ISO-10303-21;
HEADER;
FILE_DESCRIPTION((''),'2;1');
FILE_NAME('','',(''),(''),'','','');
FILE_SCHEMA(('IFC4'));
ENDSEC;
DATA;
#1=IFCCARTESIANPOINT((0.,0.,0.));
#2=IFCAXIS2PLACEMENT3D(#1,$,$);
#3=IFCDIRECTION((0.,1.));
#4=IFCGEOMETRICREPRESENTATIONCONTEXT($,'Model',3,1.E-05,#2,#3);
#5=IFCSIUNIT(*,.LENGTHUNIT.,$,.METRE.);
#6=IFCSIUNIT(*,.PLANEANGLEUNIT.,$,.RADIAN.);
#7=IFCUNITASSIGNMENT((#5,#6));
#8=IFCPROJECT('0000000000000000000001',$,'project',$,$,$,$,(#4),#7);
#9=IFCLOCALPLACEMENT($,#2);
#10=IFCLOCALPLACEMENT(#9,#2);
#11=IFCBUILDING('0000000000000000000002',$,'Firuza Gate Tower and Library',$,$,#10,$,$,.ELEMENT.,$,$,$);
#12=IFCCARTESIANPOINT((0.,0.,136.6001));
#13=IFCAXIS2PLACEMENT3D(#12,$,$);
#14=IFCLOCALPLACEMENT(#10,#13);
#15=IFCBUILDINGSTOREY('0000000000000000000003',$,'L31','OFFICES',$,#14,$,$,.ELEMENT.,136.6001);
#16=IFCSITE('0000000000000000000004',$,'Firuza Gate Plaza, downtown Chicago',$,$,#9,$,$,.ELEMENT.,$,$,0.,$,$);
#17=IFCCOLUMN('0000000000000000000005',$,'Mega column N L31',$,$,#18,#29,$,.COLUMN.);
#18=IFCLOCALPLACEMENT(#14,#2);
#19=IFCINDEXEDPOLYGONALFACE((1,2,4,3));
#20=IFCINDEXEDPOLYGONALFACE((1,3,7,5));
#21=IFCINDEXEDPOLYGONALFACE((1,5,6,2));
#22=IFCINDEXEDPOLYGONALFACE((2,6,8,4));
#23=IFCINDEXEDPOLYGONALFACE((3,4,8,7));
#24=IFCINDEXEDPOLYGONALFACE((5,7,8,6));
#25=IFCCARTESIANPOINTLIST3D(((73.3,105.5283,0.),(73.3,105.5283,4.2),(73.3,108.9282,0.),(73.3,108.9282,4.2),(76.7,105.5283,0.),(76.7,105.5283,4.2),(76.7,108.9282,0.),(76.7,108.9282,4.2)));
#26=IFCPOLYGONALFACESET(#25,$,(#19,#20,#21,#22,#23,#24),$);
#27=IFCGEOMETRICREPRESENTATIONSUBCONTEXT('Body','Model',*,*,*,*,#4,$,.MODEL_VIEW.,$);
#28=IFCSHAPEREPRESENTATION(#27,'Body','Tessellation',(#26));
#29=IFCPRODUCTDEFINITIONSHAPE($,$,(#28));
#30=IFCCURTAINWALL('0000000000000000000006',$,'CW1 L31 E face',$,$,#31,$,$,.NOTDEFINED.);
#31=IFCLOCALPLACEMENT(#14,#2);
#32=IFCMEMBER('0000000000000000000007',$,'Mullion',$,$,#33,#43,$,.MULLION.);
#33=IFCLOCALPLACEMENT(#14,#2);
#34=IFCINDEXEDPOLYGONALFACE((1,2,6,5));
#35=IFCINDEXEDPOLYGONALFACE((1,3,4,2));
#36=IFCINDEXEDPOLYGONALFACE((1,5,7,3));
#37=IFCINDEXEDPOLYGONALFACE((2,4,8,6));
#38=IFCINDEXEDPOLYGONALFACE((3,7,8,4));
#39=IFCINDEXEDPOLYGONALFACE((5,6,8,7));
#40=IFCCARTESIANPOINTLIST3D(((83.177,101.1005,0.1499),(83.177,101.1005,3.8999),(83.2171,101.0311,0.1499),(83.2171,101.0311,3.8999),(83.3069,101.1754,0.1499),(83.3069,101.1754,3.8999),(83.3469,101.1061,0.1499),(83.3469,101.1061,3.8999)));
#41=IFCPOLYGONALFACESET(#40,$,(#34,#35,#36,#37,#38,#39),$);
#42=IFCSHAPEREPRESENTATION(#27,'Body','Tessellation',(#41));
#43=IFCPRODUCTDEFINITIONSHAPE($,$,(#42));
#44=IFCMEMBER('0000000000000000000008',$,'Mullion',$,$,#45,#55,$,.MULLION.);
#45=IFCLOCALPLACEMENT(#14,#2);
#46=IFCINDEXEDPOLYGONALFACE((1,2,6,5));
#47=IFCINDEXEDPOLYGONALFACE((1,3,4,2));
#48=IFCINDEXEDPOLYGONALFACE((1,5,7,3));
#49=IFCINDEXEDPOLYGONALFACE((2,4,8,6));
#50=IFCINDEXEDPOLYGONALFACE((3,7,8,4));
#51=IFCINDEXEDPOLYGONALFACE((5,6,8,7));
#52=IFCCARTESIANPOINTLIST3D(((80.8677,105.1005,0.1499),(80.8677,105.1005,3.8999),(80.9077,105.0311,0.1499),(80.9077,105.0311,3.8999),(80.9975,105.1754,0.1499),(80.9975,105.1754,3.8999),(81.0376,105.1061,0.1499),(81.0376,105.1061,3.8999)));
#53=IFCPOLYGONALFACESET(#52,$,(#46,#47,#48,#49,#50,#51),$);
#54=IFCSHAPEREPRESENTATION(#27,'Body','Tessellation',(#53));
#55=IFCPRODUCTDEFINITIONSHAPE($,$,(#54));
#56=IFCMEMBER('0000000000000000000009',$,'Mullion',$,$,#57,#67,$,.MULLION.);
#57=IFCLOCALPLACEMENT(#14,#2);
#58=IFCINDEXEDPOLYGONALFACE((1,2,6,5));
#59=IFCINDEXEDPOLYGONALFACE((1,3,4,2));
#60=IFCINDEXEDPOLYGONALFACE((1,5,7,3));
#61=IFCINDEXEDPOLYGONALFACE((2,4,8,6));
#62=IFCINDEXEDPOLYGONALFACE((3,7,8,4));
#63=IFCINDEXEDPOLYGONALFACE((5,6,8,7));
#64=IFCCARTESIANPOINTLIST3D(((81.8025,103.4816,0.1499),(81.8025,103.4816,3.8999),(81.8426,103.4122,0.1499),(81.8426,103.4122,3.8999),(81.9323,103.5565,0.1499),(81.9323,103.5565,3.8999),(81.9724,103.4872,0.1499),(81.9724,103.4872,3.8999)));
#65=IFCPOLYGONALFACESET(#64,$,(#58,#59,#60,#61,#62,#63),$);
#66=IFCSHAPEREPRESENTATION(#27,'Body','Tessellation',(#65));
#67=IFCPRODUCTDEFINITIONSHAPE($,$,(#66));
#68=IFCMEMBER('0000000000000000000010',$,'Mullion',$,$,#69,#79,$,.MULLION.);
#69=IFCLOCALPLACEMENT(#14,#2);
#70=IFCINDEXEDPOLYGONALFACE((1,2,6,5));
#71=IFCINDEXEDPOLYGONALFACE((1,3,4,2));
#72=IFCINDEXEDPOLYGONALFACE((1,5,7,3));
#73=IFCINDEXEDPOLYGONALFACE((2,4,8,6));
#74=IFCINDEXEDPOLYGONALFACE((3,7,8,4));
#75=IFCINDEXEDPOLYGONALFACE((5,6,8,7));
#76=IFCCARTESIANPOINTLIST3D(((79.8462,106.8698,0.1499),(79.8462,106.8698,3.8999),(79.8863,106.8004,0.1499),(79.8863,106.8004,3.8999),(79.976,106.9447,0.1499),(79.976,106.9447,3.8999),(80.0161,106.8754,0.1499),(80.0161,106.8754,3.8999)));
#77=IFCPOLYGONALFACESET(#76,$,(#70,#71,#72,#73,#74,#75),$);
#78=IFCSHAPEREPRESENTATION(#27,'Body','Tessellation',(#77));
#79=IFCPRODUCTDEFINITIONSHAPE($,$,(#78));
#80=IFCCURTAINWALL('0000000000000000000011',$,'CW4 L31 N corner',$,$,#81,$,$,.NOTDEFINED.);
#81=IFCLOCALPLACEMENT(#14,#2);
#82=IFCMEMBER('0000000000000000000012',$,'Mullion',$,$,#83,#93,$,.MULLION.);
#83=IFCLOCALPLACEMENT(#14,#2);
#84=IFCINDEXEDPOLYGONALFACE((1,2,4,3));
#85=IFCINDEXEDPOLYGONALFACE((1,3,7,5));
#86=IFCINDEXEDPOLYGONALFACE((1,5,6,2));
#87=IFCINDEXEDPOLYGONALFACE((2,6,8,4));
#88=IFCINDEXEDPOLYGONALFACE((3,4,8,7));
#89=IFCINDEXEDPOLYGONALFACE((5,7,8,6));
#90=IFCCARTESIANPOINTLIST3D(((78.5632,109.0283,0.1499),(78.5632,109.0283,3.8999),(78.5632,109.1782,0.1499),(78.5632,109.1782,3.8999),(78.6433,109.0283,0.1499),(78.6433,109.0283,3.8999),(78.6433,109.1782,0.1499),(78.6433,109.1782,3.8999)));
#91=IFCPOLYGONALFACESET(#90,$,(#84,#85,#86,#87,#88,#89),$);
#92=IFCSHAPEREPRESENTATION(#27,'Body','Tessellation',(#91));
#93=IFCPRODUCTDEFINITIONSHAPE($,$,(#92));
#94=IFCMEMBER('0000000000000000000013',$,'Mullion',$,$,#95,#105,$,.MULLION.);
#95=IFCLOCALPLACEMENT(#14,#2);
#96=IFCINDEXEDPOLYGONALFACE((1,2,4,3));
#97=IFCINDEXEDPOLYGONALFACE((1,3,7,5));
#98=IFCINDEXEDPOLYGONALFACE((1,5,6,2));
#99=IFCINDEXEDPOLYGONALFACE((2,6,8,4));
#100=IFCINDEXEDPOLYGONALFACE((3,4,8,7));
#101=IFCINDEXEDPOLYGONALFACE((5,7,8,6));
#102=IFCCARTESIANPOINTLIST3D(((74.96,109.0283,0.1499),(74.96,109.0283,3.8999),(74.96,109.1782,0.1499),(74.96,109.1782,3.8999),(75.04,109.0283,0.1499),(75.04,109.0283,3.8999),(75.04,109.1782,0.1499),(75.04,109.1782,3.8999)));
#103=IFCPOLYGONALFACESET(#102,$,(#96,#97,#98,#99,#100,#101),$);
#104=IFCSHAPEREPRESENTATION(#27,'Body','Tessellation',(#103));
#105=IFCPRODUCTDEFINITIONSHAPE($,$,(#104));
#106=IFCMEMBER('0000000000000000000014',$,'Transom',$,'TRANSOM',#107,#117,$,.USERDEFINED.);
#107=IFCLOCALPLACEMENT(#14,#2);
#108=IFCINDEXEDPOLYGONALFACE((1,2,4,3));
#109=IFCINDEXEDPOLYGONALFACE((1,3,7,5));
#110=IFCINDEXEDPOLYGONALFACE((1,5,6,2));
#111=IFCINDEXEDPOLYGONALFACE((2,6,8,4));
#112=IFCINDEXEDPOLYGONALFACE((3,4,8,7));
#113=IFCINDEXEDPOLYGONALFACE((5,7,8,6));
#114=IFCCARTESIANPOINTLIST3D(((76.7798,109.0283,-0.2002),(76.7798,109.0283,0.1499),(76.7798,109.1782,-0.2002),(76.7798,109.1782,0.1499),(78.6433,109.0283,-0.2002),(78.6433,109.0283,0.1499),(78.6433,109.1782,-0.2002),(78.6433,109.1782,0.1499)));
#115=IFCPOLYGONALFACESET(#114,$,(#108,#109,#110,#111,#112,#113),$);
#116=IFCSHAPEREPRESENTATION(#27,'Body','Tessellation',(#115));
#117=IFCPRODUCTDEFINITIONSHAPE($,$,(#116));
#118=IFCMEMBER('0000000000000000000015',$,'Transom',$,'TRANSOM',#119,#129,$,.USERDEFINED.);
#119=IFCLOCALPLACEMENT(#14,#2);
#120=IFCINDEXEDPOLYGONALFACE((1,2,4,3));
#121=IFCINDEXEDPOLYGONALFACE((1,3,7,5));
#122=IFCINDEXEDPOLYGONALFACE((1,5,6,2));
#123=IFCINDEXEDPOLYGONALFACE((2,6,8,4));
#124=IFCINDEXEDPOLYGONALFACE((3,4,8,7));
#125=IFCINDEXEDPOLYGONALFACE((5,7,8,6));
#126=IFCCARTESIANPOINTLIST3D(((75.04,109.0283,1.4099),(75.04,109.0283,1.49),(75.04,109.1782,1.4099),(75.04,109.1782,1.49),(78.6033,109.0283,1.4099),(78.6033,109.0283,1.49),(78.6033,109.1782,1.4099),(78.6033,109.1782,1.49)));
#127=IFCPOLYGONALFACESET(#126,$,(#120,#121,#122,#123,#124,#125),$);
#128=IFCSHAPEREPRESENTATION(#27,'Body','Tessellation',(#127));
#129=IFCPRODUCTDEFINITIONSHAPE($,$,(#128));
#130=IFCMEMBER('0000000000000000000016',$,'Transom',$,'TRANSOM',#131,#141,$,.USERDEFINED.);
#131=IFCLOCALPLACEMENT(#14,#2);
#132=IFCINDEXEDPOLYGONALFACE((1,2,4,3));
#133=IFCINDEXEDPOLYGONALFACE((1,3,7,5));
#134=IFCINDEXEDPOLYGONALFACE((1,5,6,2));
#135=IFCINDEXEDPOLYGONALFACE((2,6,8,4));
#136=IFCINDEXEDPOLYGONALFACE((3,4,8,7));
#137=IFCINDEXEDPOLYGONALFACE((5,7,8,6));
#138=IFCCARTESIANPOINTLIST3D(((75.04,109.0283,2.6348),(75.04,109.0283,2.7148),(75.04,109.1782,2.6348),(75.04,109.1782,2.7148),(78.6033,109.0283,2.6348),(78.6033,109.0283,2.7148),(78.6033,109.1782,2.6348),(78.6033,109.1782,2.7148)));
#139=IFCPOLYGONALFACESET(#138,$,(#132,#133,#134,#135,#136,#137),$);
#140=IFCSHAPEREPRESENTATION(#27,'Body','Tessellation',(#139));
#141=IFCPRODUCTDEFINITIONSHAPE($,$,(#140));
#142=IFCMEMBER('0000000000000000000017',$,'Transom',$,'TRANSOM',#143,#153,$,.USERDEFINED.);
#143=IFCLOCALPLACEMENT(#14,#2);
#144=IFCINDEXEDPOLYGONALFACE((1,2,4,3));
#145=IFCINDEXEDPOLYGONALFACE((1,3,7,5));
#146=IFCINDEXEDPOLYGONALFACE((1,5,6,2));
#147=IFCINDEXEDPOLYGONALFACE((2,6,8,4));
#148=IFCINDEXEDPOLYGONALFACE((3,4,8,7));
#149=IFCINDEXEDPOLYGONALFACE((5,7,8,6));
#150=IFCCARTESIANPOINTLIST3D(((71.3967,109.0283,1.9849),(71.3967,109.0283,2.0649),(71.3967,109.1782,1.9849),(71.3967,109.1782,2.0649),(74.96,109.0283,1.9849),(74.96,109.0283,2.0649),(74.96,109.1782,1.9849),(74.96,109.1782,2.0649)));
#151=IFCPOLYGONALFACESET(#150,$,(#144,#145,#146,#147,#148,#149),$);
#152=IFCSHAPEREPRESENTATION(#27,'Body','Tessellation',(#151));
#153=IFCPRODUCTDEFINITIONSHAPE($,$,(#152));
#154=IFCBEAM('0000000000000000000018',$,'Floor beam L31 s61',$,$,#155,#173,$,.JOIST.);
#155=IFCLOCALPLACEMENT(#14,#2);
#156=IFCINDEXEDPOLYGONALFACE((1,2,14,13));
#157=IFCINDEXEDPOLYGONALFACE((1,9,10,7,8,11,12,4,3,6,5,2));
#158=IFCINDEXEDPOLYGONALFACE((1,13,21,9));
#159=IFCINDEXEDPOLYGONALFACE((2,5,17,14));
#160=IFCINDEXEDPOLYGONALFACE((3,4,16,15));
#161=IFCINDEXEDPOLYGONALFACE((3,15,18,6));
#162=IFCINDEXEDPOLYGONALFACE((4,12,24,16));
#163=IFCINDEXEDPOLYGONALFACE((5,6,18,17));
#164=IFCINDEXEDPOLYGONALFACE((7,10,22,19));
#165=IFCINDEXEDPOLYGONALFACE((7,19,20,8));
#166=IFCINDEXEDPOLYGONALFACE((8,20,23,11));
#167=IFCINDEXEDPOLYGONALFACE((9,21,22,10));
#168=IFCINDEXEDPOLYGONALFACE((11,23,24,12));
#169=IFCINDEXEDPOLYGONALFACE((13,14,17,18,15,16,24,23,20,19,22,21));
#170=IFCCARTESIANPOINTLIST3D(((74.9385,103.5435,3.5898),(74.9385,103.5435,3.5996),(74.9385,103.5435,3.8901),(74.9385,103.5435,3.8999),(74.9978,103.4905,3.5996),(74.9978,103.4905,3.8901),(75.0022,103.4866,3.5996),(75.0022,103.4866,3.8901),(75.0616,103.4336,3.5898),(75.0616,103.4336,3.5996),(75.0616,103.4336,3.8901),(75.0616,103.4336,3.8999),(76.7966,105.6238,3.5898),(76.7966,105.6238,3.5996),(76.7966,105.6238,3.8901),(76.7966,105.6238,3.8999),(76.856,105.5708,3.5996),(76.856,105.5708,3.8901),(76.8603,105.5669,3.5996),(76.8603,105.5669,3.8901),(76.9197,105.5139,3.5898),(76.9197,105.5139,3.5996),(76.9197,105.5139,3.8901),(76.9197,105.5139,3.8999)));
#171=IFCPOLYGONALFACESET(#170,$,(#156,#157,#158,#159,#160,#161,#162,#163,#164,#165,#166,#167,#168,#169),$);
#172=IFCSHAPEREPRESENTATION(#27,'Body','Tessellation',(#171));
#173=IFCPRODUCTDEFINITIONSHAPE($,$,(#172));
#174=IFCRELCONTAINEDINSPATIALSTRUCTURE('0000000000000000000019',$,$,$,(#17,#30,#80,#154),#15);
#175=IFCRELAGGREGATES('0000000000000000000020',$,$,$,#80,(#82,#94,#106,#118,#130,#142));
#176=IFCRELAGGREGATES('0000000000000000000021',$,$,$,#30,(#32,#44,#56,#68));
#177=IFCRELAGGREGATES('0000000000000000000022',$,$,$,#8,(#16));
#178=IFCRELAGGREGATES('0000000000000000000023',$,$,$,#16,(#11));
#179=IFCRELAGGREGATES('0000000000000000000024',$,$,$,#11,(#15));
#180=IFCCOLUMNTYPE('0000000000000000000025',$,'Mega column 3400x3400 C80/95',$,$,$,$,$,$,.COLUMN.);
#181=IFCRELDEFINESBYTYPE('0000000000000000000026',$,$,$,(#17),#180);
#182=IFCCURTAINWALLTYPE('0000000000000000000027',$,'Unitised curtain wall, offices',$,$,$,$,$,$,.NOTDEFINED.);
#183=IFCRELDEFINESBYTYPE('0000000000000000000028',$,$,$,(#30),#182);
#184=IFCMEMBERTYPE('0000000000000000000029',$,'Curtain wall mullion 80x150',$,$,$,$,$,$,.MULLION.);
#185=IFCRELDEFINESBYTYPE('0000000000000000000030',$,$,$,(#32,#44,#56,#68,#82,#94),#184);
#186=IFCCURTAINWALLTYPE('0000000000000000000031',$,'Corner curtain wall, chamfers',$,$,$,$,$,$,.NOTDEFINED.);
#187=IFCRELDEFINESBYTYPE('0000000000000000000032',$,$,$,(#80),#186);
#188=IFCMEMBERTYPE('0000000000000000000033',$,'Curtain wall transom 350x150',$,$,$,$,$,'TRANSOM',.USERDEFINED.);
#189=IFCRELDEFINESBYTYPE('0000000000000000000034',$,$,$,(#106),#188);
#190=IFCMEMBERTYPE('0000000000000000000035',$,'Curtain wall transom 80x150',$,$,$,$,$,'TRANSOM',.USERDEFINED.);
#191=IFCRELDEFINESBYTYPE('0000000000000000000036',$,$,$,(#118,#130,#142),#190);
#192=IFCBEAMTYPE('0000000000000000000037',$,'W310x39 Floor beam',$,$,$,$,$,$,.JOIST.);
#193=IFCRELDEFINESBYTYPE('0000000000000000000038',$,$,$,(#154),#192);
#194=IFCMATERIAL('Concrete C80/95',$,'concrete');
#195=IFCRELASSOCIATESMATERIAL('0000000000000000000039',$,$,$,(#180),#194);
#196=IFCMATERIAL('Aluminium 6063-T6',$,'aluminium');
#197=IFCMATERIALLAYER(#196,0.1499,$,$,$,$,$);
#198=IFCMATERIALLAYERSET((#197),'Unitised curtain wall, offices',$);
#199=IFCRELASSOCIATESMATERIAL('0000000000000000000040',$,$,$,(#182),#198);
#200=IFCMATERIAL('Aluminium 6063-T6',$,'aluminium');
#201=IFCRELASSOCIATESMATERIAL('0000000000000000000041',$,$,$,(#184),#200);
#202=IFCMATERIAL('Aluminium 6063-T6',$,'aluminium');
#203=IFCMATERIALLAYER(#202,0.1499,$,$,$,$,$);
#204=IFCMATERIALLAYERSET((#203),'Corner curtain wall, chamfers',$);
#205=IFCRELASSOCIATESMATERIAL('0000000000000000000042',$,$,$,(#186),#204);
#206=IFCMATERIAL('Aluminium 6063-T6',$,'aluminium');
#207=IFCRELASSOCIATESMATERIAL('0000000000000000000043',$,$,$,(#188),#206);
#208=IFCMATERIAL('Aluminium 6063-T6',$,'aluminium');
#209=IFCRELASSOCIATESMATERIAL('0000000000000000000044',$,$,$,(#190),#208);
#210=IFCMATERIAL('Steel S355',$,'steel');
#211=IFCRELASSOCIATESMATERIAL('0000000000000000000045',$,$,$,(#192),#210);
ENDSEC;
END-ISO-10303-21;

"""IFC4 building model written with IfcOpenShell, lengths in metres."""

from ifc_helpers import new_model, si_unit, direction, frame, origin, origin_2d, place, context, subcontext, project, spatial, rectangle, i_section, extrude, material, layer, layer_set, material_profile, profile_set, type_object, element, aggregate, save


model = new_model("IFC4")

# Units and contexts
model_context = context("Model", 3, precision=1e-05, world=origin(), true_north=direction((0.0, 1.0)))
body_context = subcontext(model_context, "Body", "Model", "MODEL_VIEW")
ifc_project = project(units=[si_unit("LENGTHUNIT", "METRE"), si_unit("PLANEANGLEUNIT", "RADIAN")], contexts=[model_context])

# Site, building, storey
site_placement = place(None, origin())
site = spatial("IfcSite", under=ifc_project, at=site_placement, Name="Firuza Gate Plaza, downtown Chicago", CompositionType="ELEMENT", RefElevation=0.0)
building_placement = place(site_placement, origin())
building = spatial("IfcBuilding", under=site, at=building_placement, Name="Firuza Gate Tower and Library", CompositionType="ELEMENT")
storey_placement = place(building_placement, frame((0.0, 0.0, 136.6001)))
storey = spatial("IfcBuildingStorey", under=building, at=storey_placement, Name="L31", Description="OFFICES", CompositionType="ELEMENT", Elevation=136.6001)

# Column
ifc_material_1 = material(Name="Concrete C80/95", Category="concrete")
ifc_material_profile_1 = material_profile(ifc_material_1, rectangle(XDim=3.3999, YDim=3.3999, at=origin_2d()))
ifc_profile_set_1 = profile_set([ifc_material_profile_1], Name="Concrete C80/95")
column_type = type_object("IfcColumnType", Name="Mega column 3400x3400 C80/95", PredefinedType="COLUMN", material=ifc_profile_set_1)
column_placement = place(storey_placement, frame((75.0, 107.2283, 0.0), z_axis=(0.0, 0.0, 1.0), x_axis=(-1.0, 0.0, 0.0)))
element("IfcColumn", 1, at=column_placement, inside=storey, type_object=column_type, Name="Mega column N L31", PredefinedType="COLUMN", context=body_context, shape_type="SweptSolid", body=[
    extrude(rectangle(XDim=3.3999, YDim=3.3999, at=origin_2d()), origin(), (0.0, 0.0, 1.0), 4.2),
])

# Curtain walls, members
ifc_material_2 = material(Name="Aluminium 6063-T6", Category="aluminium")
ifc_layer_1 = layer(ifc_material_2, 0.1499)
ifc_layer_set_1 = layer_set([ifc_layer_1], Name="Unitised curtain wall, offices")
curtain_wall_type_1 = type_object("IfcCurtainWallType", Name="Unitised curtain wall, offices", PredefinedType="NOTDEFINED", material=ifc_layer_set_1)
placement = place(storey_placement, origin())
curtain_wall_1 = element("IfcCurtainWall", 2, at=placement, inside=storey, type_object=curtain_wall_type_1, Name="CW1 L31 E face", PredefinedType="NOTDEFINED")
ifc_material_3 = material(Name="Aluminium 6063-T6", Category="aluminium")
ifc_material_profile_2 = material_profile(ifc_material_3, rectangle(XDim=0.1499, YDim=0.0801, at=origin_2d()))
ifc_profile_set_2 = profile_set([ifc_material_profile_2], Name="Aluminium 6063-T6")
member_type_1 = type_object("IfcMemberType", Name="Curtain wall mullion 80x150", PredefinedType="MULLION", material=ifc_profile_set_2)
member_1_placement = place(storey_placement, frame((83.262, 101.1033, 0.1499), z_axis=(0.0, 0.0, 1.0), x_axis=(-0.866025, -0.5, 0.0)))
member_1 = element("IfcMember", 3, at=member_1_placement, type_object=member_type_1, Name="Mullion", PredefinedType="MULLION", context=body_context, shape_type="SweptSolid", body=[
    extrude(rectangle(XDim=0.1499, YDim=0.0801, at=origin_2d()), origin(), (0.0, 0.0, 1.0), 3.75),
])
member_2_placement = place(storey_placement, frame((80.9526, 105.1033, 0.1499), z_axis=(0.0, 0.0, 1.0), x_axis=(-0.866025, -0.5, 0.0)))
member_2 = element("IfcMember", 4, at=member_2_placement, type_object=member_type_1, Name="Mullion", PredefinedType="MULLION", context=body_context, shape_type="SweptSolid", body=[
    extrude(rectangle(XDim=0.1499, YDim=0.0801, at=origin_2d()), origin(), (0.0, 0.0, 1.0), 3.75),
])
member_3_placement = place(storey_placement, frame((81.8875, 103.4844, 0.1499), z_axis=(0.0, 0.0, 1.0), x_axis=(-0.866025, -0.5, 0.0)))
member_3 = element("IfcMember", 5, at=member_3_placement, type_object=member_type_1, Name="Mullion", PredefinedType="MULLION", context=body_context, shape_type="SweptSolid", body=[
    extrude(rectangle(XDim=0.1499, YDim=0.0801, at=origin_2d()), origin(), (0.0, 0.0, 1.0), 3.75),
])
member_4_placement = place(storey_placement, frame((79.9312, 106.8726, 0.1499), z_axis=(0.0, 0.0, 1.0), x_axis=(-0.866025, -0.5, 0.0)))
member_4 = element("IfcMember", 6, at=member_4_placement, type_object=member_type_1, Name="Mullion", PredefinedType="MULLION", context=body_context, shape_type="SweptSolid", body=[
    extrude(rectangle(XDim=0.1499, YDim=0.0801, at=origin_2d()), origin(), (0.0, 0.0, 1.0), 3.75),
])
ifc_material_4 = material(Name="Aluminium 6063-T6", Category="aluminium")
ifc_layer_2 = layer(ifc_material_4, 0.1499)
ifc_layer_set_2 = layer_set([ifc_layer_2], Name="Corner curtain wall, chamfers")
curtain_wall_type_2 = type_object("IfcCurtainWallType", Name="Corner curtain wall, chamfers", PredefinedType="NOTDEFINED", material=ifc_layer_set_2)
curtain_wall_2 = element("IfcCurtainWall", 7, at=placement, inside=storey, type_object=curtain_wall_type_2, Name="CW4 L31 N corner", PredefinedType="NOTDEFINED")
member_5_placement = place(storey_placement, frame((78.6033, 109.1033, 0.1499), z_axis=(0.0, 0.0, 1.0), x_axis=(0.0, -1.0, 0.0)))
member_5 = element("IfcMember", 8, at=member_5_placement, type_object=member_type_1, Name="Mullion", PredefinedType="MULLION", context=body_context, shape_type="SweptSolid", body=[
    extrude(rectangle(XDim=0.1499, YDim=0.0801, at=origin_2d()), origin(), (0.0, 0.0, 1.0), 3.75),
])
member_6_placement = place(storey_placement, frame((75.0, 109.1033, 0.1499), z_axis=(0.0, 0.0, 1.0), x_axis=(0.0, -1.0, 0.0)))
member_6 = element("IfcMember", 9, at=member_6_placement, type_object=member_type_1, Name="Mullion", PredefinedType="MULLION", context=body_context, shape_type="SweptSolid", body=[
    extrude(rectangle(XDim=0.1499, YDim=0.0801, at=origin_2d()), origin(), (0.0, 0.0, 1.0), 3.75),
])
ifc_material_5 = material(Name="Aluminium 6063-T6", Category="aluminium")
ifc_material_profile_3 = material_profile(ifc_material_5, rectangle(XDim=0.1499, YDim=0.3501, at=origin_2d()))
ifc_profile_set_3 = profile_set([ifc_material_profile_3], Name="Aluminium 6063-T6")
member_type_2 = type_object("IfcMemberType", Name="Curtain wall transom 350x150", ElementType="TRANSOM", PredefinedType="USERDEFINED", material=ifc_profile_set_3)
member_7_placement = place(storey_placement, frame((78.6433, 109.1033, -0.0251), z_axis=(-1.0, 0.0, 0.0), x_axis=(0.0, -1.0, 0.0)))
member_7 = element("IfcMember", 10, at=member_7_placement, type_object=member_type_2, Name="Transom", ObjectType="TRANSOM", PredefinedType="USERDEFINED", context=body_context, shape_type="SweptSolid", body=[
    extrude(rectangle(XDim=0.1499, YDim=0.3501, at=origin_2d()), origin(), (0.0, 0.0, 1.0), 1.8635),
])
ifc_material_6 = material(Name="Aluminium 6063-T6", Category="aluminium")
ifc_material_profile_4 = material_profile(ifc_material_6, rectangle(XDim=0.1499, YDim=0.0801, at=origin_2d()))
ifc_profile_set_4 = profile_set([ifc_material_profile_4], Name="Aluminium 6063-T6")
member_type_3 = type_object("IfcMemberType", Name="Curtain wall transom 80x150", ElementType="TRANSOM", PredefinedType="USERDEFINED", material=ifc_profile_set_4)
member_8_placement = place(storey_placement, frame((78.6033, 109.1033, 1.45), z_axis=(-1.0, 0.0, 0.0), x_axis=(0.0, -1.0, 0.0)))
member_8 = element("IfcMember", 11, at=member_8_placement, type_object=member_type_3, Name="Transom", ObjectType="TRANSOM", PredefinedType="USERDEFINED", context=body_context, shape_type="SweptSolid", body=[
    extrude(rectangle(XDim=0.1499, YDim=0.0801, at=origin_2d()), origin(), (0.0, 0.0, 1.0), 3.5632),
])
member_9_placement = place(storey_placement, frame((78.6033, 109.1033, 2.6748), z_axis=(-1.0, 0.0, 0.0), x_axis=(0.0, -1.0, 0.0)))
member_9 = element("IfcMember", 12, at=member_9_placement, type_object=member_type_3, Name="Transom", ObjectType="TRANSOM", PredefinedType="USERDEFINED", context=body_context, shape_type="SweptSolid", body=[
    extrude(rectangle(XDim=0.1499, YDim=0.0801, at=origin_2d()), origin(), (0.0, 0.0, 1.0), 3.5632),
])
member_10_placement = place(storey_placement, frame((74.96, 109.1033, 2.0249), z_axis=(-1.0, 0.0, 0.0), x_axis=(0.0, -1.0, 0.0)))
member_10 = element("IfcMember", 13, at=member_10_placement, type_object=member_type_3, Name="Transom", ObjectType="TRANSOM", PredefinedType="USERDEFINED", context=body_context, shape_type="SweptSolid", body=[
    extrude(rectangle(XDim=0.1499, YDim=0.0801, at=origin_2d()), origin(), (0.0, 0.0, 1.0), 3.5632),
])

# Beam
ifc_material_7 = material(Name="Steel S355", Category="steel")
ifc_material_profile_5 = material_profile(ifc_material_7, i_section(OverallWidth=0.165, OverallDepth=0.3101, WebThickness=0.0059, FlangeThickness=0.0098, at=origin_2d()))
ifc_profile_set_5 = profile_set([ifc_material_profile_5], Name="Steel S355")
beam_type_1 = type_object("IfcBeamType", Name="W310x39 Floor beam", PredefinedType="JOIST", material=ifc_profile_set_5)
beam_1_placement = place(storey_placement, frame((76.8582, 105.5688, 3.7449), z_axis=(-0.66616, -0.745809, 0.0), x_axis=(0.745809, -0.66616, 0.0)))
element("IfcBeam", 14, at=beam_1_placement, inside=storey, type_object=beam_type_1, Name="Floor beam L31 s61", PredefinedType="JOIST", context=body_context, shape_type="SweptSolid", body=[
    extrude(i_section(OverallWidth=0.165, OverallDepth=0.3101, WebThickness=0.0059, FlangeThickness=0.0098, at=origin_2d()), origin(), (0.0, 0.0, 1.0), 2.7893),
])

aggregate(curtain_wall_2, [member_5, member_6, member_7, member_8, member_9, member_10])
aggregate(curtain_wall_1, [member_1, member_2, member_3, member_4])

save(model, "model.ifc")
